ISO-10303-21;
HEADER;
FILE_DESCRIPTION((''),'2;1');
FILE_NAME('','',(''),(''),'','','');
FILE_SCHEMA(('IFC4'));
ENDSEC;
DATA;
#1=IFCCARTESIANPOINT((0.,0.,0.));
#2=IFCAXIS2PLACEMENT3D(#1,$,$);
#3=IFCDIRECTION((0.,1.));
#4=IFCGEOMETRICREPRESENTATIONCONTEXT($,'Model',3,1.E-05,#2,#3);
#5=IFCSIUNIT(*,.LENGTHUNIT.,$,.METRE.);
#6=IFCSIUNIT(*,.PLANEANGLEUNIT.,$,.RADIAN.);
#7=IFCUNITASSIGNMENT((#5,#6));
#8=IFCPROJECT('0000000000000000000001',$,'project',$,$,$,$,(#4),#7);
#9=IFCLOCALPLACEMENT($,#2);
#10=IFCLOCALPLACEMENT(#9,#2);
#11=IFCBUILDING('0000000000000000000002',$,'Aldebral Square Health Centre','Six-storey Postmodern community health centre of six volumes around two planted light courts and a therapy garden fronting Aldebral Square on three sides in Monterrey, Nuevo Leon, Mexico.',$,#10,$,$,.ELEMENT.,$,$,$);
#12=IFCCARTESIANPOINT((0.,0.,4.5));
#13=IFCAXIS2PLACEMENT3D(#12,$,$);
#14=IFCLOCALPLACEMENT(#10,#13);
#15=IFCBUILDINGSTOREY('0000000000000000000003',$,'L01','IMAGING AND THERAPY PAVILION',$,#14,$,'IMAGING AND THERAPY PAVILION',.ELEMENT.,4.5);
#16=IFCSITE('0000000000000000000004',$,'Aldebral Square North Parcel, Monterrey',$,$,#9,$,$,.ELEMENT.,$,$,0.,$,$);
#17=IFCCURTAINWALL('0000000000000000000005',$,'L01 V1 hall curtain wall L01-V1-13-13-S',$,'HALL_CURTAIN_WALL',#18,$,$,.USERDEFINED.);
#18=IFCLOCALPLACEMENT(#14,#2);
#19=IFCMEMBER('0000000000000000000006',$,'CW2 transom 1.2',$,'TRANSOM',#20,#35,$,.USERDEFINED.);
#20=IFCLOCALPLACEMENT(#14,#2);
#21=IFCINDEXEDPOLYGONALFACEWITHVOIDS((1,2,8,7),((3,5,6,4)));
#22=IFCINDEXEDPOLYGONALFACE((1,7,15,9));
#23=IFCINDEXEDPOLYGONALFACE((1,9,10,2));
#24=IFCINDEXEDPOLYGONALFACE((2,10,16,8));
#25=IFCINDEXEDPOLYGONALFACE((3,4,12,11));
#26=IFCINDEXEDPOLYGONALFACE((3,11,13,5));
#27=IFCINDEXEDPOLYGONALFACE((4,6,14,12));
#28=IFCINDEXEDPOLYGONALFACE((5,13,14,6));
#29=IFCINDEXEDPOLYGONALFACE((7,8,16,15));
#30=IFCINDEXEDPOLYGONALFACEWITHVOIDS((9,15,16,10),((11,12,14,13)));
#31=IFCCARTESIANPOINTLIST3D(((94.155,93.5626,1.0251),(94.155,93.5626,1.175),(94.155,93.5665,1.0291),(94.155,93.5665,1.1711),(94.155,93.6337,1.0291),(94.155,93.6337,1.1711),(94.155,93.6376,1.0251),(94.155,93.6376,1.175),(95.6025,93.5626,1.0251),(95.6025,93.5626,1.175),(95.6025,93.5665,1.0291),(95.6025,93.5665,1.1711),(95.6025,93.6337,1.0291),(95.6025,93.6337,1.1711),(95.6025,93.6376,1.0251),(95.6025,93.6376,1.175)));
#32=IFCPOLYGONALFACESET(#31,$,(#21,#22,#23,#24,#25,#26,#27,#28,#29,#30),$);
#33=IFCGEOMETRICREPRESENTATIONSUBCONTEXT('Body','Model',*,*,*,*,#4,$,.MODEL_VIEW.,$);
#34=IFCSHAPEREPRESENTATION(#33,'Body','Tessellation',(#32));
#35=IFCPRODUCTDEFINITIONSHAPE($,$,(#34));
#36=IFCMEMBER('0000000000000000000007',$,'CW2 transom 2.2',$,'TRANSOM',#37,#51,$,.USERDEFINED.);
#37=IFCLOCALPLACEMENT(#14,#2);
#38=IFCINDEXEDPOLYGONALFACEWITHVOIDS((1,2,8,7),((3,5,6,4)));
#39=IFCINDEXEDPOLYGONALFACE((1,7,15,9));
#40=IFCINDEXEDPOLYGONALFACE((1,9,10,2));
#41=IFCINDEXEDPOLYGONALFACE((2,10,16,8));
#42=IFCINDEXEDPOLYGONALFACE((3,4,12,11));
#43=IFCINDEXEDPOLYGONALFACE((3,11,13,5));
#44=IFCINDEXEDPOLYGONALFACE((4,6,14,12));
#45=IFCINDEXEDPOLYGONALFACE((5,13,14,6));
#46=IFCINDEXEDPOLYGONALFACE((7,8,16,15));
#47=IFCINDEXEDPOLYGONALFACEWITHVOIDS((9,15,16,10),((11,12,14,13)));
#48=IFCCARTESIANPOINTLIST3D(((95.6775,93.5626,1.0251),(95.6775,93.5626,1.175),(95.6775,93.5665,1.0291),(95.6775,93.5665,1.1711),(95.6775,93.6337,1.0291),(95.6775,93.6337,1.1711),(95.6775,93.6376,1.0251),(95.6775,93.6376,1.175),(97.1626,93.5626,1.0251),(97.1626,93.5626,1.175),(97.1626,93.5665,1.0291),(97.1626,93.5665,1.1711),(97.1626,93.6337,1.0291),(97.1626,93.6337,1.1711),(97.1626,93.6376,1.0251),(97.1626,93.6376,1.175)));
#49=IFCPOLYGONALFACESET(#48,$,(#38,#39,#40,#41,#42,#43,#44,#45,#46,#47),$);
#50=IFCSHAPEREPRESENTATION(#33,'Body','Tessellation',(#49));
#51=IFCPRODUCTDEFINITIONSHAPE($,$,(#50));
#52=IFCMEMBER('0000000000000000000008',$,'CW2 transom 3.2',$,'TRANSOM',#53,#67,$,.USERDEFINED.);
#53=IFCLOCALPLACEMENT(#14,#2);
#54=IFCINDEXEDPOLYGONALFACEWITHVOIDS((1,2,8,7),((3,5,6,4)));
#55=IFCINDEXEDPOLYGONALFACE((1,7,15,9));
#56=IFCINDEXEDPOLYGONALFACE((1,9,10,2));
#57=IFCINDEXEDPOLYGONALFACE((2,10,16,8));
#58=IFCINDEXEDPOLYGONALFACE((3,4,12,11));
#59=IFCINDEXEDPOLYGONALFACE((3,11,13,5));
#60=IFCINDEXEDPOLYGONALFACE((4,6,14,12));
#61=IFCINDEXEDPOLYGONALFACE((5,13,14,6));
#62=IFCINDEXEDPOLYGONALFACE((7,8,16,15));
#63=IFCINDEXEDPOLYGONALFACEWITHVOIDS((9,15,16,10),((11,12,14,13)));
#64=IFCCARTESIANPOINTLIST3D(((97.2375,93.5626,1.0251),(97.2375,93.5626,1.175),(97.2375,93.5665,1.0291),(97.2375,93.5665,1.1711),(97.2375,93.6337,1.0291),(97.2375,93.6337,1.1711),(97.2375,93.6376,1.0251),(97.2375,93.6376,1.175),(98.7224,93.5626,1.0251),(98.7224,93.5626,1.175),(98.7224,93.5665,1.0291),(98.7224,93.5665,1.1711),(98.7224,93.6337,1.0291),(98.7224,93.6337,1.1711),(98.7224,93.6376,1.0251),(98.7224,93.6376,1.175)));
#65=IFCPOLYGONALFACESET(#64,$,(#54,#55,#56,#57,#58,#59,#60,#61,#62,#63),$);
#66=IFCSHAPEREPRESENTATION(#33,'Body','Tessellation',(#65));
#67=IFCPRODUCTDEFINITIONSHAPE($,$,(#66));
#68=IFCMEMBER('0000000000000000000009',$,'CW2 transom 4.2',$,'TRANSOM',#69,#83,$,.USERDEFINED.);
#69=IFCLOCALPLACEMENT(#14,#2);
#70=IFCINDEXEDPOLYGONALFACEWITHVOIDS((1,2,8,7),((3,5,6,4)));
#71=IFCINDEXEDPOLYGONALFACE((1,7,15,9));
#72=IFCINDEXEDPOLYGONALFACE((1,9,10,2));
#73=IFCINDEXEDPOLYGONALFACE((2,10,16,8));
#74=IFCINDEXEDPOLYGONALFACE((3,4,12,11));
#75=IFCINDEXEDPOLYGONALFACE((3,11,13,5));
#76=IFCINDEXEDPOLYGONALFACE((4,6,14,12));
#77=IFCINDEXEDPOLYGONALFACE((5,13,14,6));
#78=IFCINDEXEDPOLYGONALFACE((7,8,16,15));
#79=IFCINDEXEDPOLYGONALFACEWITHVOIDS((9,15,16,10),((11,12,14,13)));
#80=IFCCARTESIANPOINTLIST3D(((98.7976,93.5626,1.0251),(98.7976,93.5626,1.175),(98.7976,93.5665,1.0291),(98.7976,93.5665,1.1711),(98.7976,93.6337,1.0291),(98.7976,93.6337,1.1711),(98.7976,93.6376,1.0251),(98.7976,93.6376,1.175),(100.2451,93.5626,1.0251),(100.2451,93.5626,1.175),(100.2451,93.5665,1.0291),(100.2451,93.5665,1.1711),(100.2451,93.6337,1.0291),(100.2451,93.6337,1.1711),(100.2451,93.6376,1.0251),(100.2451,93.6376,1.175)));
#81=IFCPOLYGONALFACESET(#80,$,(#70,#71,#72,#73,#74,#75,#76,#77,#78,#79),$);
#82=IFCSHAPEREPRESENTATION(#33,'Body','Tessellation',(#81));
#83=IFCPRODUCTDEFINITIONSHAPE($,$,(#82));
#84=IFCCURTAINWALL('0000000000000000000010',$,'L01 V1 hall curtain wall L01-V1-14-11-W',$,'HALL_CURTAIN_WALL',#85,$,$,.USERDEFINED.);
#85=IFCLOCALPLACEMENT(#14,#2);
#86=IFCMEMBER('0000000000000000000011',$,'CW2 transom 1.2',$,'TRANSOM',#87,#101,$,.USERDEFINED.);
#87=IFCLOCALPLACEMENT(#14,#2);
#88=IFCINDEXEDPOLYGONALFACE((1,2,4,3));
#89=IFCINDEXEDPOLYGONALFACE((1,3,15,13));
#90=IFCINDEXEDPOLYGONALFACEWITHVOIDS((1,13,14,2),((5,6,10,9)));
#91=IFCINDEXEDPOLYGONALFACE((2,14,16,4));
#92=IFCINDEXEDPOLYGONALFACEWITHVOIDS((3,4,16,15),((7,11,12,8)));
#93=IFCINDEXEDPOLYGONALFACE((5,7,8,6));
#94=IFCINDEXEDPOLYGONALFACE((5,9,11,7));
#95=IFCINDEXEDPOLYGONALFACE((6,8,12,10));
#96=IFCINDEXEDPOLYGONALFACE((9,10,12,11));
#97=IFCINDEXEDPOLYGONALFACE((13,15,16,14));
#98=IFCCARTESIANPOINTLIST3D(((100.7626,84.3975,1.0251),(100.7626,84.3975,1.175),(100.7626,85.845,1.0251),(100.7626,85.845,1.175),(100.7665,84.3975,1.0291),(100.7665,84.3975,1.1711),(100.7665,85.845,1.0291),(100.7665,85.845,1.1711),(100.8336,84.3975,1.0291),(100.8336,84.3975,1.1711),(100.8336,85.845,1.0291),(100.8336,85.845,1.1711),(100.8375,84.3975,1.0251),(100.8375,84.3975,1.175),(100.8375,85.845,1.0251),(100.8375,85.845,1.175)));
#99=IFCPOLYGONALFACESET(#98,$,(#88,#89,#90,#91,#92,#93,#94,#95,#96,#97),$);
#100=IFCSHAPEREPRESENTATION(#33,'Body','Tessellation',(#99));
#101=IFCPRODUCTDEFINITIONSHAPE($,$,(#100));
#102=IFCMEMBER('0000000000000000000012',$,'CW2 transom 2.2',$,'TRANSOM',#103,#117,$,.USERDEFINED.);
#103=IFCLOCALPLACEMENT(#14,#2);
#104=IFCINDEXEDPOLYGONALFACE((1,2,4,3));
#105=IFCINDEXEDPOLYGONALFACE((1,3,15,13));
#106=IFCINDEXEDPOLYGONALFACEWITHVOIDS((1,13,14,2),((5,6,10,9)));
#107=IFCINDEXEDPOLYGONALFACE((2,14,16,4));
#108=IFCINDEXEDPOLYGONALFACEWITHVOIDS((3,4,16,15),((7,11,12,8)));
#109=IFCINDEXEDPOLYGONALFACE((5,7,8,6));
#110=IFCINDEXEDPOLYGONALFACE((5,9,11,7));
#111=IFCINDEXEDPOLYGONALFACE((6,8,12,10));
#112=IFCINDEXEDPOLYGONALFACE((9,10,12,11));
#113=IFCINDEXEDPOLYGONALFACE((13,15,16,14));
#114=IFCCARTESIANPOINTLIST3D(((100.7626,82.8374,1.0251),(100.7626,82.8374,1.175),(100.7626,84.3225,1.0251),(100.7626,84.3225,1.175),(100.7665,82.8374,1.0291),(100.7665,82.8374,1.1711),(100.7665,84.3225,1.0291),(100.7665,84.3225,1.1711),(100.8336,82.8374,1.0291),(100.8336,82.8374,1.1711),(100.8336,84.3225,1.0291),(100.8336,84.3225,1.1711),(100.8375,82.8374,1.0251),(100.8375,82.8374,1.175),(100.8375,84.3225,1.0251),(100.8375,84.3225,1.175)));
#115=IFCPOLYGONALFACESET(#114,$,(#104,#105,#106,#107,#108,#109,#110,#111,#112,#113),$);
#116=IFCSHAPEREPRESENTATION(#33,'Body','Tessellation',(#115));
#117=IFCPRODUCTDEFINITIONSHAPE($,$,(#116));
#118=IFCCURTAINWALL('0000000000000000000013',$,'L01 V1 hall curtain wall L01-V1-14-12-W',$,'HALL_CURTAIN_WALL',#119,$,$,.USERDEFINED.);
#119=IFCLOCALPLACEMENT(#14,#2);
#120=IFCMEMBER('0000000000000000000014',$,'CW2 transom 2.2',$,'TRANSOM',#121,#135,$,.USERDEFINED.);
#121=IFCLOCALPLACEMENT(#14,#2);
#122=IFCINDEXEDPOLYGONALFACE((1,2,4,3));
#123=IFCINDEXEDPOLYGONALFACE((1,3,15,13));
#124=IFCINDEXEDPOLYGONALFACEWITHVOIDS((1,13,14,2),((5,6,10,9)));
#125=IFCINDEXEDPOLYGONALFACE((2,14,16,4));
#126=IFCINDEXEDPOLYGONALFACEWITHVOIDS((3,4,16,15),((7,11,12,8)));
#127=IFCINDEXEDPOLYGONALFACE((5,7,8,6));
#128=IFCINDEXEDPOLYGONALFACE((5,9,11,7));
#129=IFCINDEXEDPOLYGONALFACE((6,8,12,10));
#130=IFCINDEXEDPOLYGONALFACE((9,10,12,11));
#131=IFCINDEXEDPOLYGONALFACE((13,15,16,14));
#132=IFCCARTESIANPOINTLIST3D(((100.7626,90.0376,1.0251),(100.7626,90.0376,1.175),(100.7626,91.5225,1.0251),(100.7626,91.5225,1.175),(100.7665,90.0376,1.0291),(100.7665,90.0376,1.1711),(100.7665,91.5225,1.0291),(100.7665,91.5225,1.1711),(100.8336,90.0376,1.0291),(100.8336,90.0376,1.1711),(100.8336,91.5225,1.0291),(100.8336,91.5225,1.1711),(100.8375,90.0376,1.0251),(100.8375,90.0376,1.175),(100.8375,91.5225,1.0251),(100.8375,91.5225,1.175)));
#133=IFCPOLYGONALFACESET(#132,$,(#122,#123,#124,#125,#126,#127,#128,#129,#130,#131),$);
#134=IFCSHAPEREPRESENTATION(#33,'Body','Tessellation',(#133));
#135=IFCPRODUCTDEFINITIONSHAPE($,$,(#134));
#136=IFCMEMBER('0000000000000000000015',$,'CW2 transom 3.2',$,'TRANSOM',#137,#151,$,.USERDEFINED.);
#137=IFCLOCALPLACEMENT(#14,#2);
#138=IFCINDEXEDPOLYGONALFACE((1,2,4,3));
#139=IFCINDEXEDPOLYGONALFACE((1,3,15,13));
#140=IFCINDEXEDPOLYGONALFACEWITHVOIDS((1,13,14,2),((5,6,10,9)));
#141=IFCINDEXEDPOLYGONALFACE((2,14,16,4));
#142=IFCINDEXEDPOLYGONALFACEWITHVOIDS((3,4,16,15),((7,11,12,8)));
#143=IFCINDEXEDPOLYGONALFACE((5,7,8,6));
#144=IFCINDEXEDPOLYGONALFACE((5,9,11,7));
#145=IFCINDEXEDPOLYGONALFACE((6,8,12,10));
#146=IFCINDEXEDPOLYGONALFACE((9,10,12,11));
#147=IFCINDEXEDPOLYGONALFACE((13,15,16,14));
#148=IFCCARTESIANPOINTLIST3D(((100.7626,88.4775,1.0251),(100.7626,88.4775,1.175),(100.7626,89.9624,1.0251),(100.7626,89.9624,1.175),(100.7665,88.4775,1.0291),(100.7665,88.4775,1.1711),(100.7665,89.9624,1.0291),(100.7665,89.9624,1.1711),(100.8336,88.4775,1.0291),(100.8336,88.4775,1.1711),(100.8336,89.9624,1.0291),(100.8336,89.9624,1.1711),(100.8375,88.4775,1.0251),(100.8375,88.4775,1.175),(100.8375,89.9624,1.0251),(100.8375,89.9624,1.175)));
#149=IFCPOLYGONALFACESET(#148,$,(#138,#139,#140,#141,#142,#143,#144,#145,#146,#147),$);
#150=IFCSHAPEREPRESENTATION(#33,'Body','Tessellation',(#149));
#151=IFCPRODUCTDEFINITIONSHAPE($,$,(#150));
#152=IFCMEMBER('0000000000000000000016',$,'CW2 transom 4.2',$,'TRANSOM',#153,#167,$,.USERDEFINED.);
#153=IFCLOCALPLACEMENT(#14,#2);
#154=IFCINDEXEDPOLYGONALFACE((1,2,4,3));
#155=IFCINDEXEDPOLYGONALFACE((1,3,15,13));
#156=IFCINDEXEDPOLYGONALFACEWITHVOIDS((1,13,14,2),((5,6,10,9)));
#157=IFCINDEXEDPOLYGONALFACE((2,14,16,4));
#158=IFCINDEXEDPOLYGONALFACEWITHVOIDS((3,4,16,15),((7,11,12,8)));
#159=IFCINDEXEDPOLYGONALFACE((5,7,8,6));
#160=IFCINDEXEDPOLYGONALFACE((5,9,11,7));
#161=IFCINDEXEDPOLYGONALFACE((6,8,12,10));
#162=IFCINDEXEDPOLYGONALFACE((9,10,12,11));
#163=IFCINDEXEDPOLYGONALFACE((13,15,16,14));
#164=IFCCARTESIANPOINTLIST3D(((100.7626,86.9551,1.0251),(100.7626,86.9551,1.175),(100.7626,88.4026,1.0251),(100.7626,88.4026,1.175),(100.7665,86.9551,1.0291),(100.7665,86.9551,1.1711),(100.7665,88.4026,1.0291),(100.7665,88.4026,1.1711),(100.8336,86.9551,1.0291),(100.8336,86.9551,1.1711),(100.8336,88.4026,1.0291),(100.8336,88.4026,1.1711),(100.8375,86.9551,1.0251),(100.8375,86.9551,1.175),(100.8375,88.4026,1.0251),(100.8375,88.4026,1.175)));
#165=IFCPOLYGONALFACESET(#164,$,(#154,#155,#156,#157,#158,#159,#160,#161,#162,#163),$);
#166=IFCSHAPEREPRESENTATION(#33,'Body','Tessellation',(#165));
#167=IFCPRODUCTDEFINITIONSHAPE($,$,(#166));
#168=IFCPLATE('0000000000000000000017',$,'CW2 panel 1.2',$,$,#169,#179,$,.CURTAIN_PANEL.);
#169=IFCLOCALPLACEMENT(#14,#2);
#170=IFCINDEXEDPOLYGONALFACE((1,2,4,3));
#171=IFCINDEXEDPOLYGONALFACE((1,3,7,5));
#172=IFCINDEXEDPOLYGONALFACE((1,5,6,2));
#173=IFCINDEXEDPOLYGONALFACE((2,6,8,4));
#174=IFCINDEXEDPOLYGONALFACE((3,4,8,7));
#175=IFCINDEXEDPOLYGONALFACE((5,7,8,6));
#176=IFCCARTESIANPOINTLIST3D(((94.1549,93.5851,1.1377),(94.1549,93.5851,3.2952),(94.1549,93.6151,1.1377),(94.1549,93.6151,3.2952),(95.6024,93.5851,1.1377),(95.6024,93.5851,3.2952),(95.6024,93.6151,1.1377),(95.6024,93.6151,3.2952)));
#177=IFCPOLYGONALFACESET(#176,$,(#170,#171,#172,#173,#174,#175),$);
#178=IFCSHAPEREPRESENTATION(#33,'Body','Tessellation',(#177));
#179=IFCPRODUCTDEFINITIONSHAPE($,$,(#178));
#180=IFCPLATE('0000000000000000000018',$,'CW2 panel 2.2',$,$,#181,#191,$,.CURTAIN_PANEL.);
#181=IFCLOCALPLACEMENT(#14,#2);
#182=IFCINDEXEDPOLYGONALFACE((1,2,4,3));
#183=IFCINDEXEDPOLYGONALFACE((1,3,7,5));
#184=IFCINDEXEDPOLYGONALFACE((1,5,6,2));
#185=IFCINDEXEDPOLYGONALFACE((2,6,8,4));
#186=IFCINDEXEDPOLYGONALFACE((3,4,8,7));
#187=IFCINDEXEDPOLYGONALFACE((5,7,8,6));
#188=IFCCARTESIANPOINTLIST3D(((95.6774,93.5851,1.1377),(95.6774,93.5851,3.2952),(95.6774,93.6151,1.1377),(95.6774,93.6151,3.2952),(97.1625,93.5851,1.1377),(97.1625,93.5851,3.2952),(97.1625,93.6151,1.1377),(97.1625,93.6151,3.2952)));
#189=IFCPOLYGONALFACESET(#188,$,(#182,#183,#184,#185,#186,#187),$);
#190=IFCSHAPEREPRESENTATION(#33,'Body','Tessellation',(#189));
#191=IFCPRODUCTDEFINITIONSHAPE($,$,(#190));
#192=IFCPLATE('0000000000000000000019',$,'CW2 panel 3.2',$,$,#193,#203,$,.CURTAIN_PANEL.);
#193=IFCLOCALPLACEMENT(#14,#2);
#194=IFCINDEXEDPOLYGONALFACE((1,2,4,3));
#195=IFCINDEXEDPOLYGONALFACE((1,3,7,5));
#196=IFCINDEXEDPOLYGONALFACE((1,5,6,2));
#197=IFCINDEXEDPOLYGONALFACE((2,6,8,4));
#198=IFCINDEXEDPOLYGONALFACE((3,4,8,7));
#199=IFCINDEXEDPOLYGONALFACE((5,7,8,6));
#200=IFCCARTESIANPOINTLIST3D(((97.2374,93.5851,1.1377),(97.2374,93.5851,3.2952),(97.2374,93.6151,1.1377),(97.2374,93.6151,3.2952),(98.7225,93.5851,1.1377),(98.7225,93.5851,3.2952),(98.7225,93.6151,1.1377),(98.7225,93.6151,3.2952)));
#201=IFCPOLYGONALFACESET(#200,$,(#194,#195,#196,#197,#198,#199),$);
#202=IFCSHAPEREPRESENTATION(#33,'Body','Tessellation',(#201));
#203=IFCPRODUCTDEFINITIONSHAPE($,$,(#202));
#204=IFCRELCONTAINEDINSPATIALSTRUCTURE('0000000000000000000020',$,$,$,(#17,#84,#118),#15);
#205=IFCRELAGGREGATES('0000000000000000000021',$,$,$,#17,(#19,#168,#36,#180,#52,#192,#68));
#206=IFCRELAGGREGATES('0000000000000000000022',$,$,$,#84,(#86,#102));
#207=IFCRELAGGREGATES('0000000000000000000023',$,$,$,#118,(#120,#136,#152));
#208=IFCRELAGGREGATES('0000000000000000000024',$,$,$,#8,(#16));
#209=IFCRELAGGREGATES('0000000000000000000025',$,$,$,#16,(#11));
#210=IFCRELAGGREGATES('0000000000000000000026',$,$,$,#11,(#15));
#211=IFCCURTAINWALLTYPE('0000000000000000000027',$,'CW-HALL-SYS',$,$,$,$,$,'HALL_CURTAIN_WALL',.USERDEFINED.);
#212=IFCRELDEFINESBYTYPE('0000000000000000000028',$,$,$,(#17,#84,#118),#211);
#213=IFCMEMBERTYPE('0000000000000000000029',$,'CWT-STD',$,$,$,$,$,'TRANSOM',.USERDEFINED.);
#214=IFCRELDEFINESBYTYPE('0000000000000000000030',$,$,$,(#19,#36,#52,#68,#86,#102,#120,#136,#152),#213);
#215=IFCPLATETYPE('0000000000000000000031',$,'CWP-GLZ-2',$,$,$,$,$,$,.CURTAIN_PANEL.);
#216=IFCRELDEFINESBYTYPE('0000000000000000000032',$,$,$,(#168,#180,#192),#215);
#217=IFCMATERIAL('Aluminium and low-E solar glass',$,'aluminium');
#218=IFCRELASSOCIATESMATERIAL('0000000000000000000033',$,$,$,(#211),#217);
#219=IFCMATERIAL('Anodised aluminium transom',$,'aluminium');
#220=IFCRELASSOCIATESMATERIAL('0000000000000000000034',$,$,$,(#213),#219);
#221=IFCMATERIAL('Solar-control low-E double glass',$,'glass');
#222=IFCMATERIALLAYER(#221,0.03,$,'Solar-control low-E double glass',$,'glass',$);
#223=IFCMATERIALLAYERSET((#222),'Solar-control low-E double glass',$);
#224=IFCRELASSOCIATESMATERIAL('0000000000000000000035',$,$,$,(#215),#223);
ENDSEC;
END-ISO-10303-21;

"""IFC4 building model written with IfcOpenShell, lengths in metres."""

from ifc_helpers import new_model, si_unit, direction, frame, origin, origin_2d, place, context, subcontext, project, spatial, rectangle, hollow_rectangle, extrude, material, layer, layer_set, material_profile, profile_set, type_object, element, aggregate, save


model = new_model("IFC4")

# Units and contexts
model_context = context("Model", 3, precision=1e-05, world=origin(), true_north=direction((0.0, 1.0)))
body_context = subcontext(model_context, "Body", "Model", "MODEL_VIEW")
ifc_project = project(units=[si_unit("LENGTHUNIT", "METRE"), si_unit("PLANEANGLEUNIT", "RADIAN")], contexts=[model_context])

# Site, building, storey
site_placement = place(None, origin())
site = spatial("IfcSite", under=ifc_project, at=site_placement, Name="Aldebral Square North Parcel, Monterrey", CompositionType="ELEMENT", RefElevation=0.0)
building_placement = place(site_placement, origin())
building = spatial("IfcBuilding", under=site, at=building_placement, Name="Aldebral Square Health Centre", Description="Six-storey Postmodern community health centre of six volumes around two planted light courts and a therapy garden fronting Aldebral Square on three sides in Monterrey, Nuevo Leon, Mexico.", CompositionType="ELEMENT")
storey_placement = place(building_placement, frame((0.0, 0.0, 4.5)))
storey = spatial("IfcBuildingStorey", under=building, at=storey_placement, Name="L01", Description="IMAGING AND THERAPY PAVILION", LongName="IMAGING AND THERAPY PAVILION", CompositionType="ELEMENT", Elevation=4.5)

# Curtain walls, members
ifc_material_1 = material(Name="Aluminium and low-E solar glass", Category="aluminium")
curtain_wall_type = type_object("IfcCurtainWallType", Name="CW-HALL-SYS", ElementType="HALL_CURTAIN_WALL", PredefinedType="USERDEFINED", material=ifc_material_1)
curtain_wall_1_placement = place(storey_placement, origin())
curtain_wall_1 = element("IfcCurtainWall", 1, at=curtain_wall_1_placement, inside=storey, type_object=curtain_wall_type, Name="L01 V1 hall curtain wall L01-V1-13-13-S", ObjectType="HALL_CURTAIN_WALL", PredefinedType="USERDEFINED")
ifc_material_2 = material(Name="Anodised aluminium transom", Category="aluminium")
ifc_material_profile = material_profile(ifc_material_2, hollow_rectangle(XDim=0.075, YDim=0.1499, WallThickness=0.0039, at=origin_2d()), Name="CWT 75x150x4")
ifc_profile_set = profile_set([ifc_material_profile], Name="Anodised aluminium transom")
member_type = type_object("IfcMemberType", Name="CWT-STD", ElementType="TRANSOM", PredefinedType="USERDEFINED", material=ifc_profile_set)
member_1_placement = place(storey_placement, frame((94.155, 93.6001, 1.1001), z_axis=(1.0, 0.0, 0.0), x_axis=(0.0, 1.0, 0.0)))
member_1 = element("IfcMember", 2, at=member_1_placement, type_object=member_type, Name="CW2 transom 1.2", ObjectType="TRANSOM", PredefinedType="USERDEFINED", context=body_context, shape_type="SweptSolid", body=[
    extrude(hollow_rectangle(XDim=0.075, YDim=0.1499, WallThickness=0.0039, at=origin_2d()), origin(), (0.0, 0.0, 1.0), 1.4475),
])
member_2_placement = place(storey_placement, frame((95.6775, 93.6001, 1.1001), z_axis=(1.0, 0.0, 0.0), x_axis=(0.0, 1.0, 0.0)))
member_2 = element("IfcMember", 3, at=member_2_placement, type_object=member_type, Name="CW2 transom 2.2", ObjectType="TRANSOM", PredefinedType="USERDEFINED", context=body_context, shape_type="SweptSolid", body=[
    extrude(hollow_rectangle(XDim=0.075, YDim=0.1499, WallThickness=0.0039, at=origin_2d()), origin(), (0.0, 0.0, 1.0), 1.4851),
])
member_3_placement = place(storey_placement, frame((97.2375, 93.6001, 1.1001), z_axis=(1.0, 0.0, 0.0), x_axis=(0.0, 1.0, 0.0)))
member_3 = element("IfcMember", 4, at=member_3_placement, type_object=member_type, Name="CW2 transom 3.2", ObjectType="TRANSOM", PredefinedType="USERDEFINED", context=body_context, shape_type="SweptSolid", body=[
    extrude(hollow_rectangle(XDim=0.075, YDim=0.1499, WallThickness=0.0039, at=origin_2d()), origin(), (0.0, 0.0, 1.0), 1.4849),
])
member_4_placement = place(storey_placement, frame((98.7976, 93.6001, 1.1001), z_axis=(1.0, 0.0, 0.0), x_axis=(0.0, 1.0, 0.0)))
member_4 = element("IfcMember", 5, at=member_4_placement, type_object=member_type, Name="CW2 transom 4.2", ObjectType="TRANSOM", PredefinedType="USERDEFINED", context=body_context, shape_type="SweptSolid", body=[
    extrude(hollow_rectangle(XDim=0.075, YDim=0.1499, WallThickness=0.0039, at=origin_2d()), origin(), (0.0, 0.0, 1.0), 1.4475),
])
curtain_wall_2_placement = place(storey_placement, origin())
curtain_wall_2 = element("IfcCurtainWall", 6, at=curtain_wall_2_placement, inside=storey, type_object=curtain_wall_type, Name="L01 V1 hall curtain wall L01-V1-14-11-W", ObjectType="HALL_CURTAIN_WALL", PredefinedType="USERDEFINED")
member_5_placement = place(storey_placement, frame((100.8, 85.845, 1.1001), z_axis=(0.0, -1.0, 0.0), x_axis=(1.0, 0.0, 0.0)))
member_5 = element("IfcMember", 7, at=member_5_placement, type_object=member_type, Name="CW2 transom 1.2", ObjectType="TRANSOM", PredefinedType="USERDEFINED", context=body_context, shape_type="SweptSolid", body=[
    extrude(hollow_rectangle(XDim=0.075, YDim=0.1499, WallThickness=0.0039, at=origin_2d()), origin(), (0.0, 0.0, 1.0), 1.4475),
])
member_6_placement = place(storey_placement, frame((100.8, 84.3225, 1.1001), z_axis=(0.0, -1.0, 0.0), x_axis=(1.0, 0.0, 0.0)))
member_6 = element("IfcMember", 8, at=member_6_placement, type_object=member_type, Name="CW2 transom 2.2", ObjectType="TRANSOM", PredefinedType="USERDEFINED", context=body_context, shape_type="SweptSolid", body=[
    extrude(hollow_rectangle(XDim=0.075, YDim=0.1499, WallThickness=0.0039, at=origin_2d()), origin(), (0.0, 0.0, 1.0), 1.4851),
])
curtain_wall_3_placement = place(storey_placement, origin())
curtain_wall_3 = element("IfcCurtainWall", 9, at=curtain_wall_3_placement, inside=storey, type_object=curtain_wall_type, Name="L01 V1 hall curtain wall L01-V1-14-12-W", ObjectType="HALL_CURTAIN_WALL", PredefinedType="USERDEFINED")
member_7_placement = place(storey_placement, frame((100.8, 91.5225, 1.1001), z_axis=(0.0, -1.0, 0.0), x_axis=(1.0, 0.0, 0.0)))
member_7 = element("IfcMember", 10, at=member_7_placement, type_object=member_type, Name="CW2 transom 2.2", ObjectType="TRANSOM", PredefinedType="USERDEFINED", context=body_context, shape_type="SweptSolid", body=[
    extrude(hollow_rectangle(XDim=0.075, YDim=0.1499, WallThickness=0.0039, at=origin_2d()), origin(), (0.0, 0.0, 1.0), 1.4849),
])
member_8_placement = place(storey_placement, frame((100.8, 89.9624, 1.1001), z_axis=(0.0, -1.0, 0.0), x_axis=(1.0, 0.0, 0.0)))
member_8 = element("IfcMember", 11, at=member_8_placement, type_object=member_type, Name="CW2 transom 3.2", ObjectType="TRANSOM", PredefinedType="USERDEFINED", context=body_context, shape_type="SweptSolid", body=[
    extrude(hollow_rectangle(XDim=0.075, YDim=0.1499, WallThickness=0.0039, at=origin_2d()), origin(), (0.0, 0.0, 1.0), 1.4849),
])
member_9_placement = place(storey_placement, frame((100.8, 88.4026, 1.1001), z_axis=(0.0, -1.0, 0.0), x_axis=(1.0, 0.0, 0.0)))
member_9 = element("IfcMember", 12, at=member_9_placement, type_object=member_type, Name="CW2 transom 4.2", ObjectType="TRANSOM", PredefinedType="USERDEFINED", context=body_context, shape_type="SweptSolid", body=[
    extrude(hollow_rectangle(XDim=0.075, YDim=0.1499, WallThickness=0.0039, at=origin_2d()), origin(), (0.0, 0.0, 1.0), 1.4475),
])

# Plates
ifc_material_3 = material(Name="Solar-control low-E double glass", Category="glass")
ifc_layer = layer(ifc_material_3, 0.03, Name="Solar-control low-E double glass", Category="glass")
ifc_layer_set = layer_set([ifc_layer], Name="Solar-control low-E double glass")
plate_type = type_object("IfcPlateType", Name="CWP-GLZ-2", PredefinedType="CURTAIN_PANEL", material=ifc_layer_set)
plate_1_placement = place(storey_placement, frame((94.8787, 93.6001, 1.1377), z_axis=(0.0, 0.0, 1.0), x_axis=(1.0, 0.0, 0.0)))
plate_1 = element("IfcPlate", 13, at=plate_1_placement, type_object=plate_type, Name="CW2 panel 1.2", PredefinedType="CURTAIN_PANEL", context=body_context, shape_type="SweptSolid", body=[
    extrude(rectangle(XDim=1.4475, YDim=0.03, at=origin_2d()), origin(), (0.0, 0.0, 1.0), 2.1575),
])
plate_2_placement = place(storey_placement, frame((96.4199, 93.6001, 1.1377), z_axis=(0.0, 0.0, 1.0), x_axis=(1.0, 0.0, 0.0)))
plate_2 = element("IfcPlate", 14, at=plate_2_placement, type_object=plate_type, Name="CW2 panel 2.2", PredefinedType="CURTAIN_PANEL", context=body_context, shape_type="SweptSolid", body=[
    extrude(rectangle(XDim=1.4851, YDim=0.03, at=origin_2d()), origin(), (0.0, 0.0, 1.0), 2.1575),
])
plate_3_placement = place(storey_placement, frame((97.98, 93.6001, 1.1377), z_axis=(0.0, 0.0, 1.0), x_axis=(1.0, 0.0, 0.0)))
plate_3 = element("IfcPlate", 15, at=plate_3_placement, type_object=plate_type, Name="CW2 panel 3.2", PredefinedType="CURTAIN_PANEL", context=body_context, shape_type="SweptSolid", body=[
    extrude(rectangle(XDim=1.4851, YDim=0.03, at=origin_2d()), origin(), (0.0, 0.0, 1.0), 2.1575),
])
aggregate(curtain_wall_1, [member_1, plate_1, member_2, plate_2, member_3, plate_3, member_4])
aggregate(curtain_wall_2, [member_5, member_6])
aggregate(curtain_wall_3, [member_7, member_8, member_9])

save(model, "model.ifc")
